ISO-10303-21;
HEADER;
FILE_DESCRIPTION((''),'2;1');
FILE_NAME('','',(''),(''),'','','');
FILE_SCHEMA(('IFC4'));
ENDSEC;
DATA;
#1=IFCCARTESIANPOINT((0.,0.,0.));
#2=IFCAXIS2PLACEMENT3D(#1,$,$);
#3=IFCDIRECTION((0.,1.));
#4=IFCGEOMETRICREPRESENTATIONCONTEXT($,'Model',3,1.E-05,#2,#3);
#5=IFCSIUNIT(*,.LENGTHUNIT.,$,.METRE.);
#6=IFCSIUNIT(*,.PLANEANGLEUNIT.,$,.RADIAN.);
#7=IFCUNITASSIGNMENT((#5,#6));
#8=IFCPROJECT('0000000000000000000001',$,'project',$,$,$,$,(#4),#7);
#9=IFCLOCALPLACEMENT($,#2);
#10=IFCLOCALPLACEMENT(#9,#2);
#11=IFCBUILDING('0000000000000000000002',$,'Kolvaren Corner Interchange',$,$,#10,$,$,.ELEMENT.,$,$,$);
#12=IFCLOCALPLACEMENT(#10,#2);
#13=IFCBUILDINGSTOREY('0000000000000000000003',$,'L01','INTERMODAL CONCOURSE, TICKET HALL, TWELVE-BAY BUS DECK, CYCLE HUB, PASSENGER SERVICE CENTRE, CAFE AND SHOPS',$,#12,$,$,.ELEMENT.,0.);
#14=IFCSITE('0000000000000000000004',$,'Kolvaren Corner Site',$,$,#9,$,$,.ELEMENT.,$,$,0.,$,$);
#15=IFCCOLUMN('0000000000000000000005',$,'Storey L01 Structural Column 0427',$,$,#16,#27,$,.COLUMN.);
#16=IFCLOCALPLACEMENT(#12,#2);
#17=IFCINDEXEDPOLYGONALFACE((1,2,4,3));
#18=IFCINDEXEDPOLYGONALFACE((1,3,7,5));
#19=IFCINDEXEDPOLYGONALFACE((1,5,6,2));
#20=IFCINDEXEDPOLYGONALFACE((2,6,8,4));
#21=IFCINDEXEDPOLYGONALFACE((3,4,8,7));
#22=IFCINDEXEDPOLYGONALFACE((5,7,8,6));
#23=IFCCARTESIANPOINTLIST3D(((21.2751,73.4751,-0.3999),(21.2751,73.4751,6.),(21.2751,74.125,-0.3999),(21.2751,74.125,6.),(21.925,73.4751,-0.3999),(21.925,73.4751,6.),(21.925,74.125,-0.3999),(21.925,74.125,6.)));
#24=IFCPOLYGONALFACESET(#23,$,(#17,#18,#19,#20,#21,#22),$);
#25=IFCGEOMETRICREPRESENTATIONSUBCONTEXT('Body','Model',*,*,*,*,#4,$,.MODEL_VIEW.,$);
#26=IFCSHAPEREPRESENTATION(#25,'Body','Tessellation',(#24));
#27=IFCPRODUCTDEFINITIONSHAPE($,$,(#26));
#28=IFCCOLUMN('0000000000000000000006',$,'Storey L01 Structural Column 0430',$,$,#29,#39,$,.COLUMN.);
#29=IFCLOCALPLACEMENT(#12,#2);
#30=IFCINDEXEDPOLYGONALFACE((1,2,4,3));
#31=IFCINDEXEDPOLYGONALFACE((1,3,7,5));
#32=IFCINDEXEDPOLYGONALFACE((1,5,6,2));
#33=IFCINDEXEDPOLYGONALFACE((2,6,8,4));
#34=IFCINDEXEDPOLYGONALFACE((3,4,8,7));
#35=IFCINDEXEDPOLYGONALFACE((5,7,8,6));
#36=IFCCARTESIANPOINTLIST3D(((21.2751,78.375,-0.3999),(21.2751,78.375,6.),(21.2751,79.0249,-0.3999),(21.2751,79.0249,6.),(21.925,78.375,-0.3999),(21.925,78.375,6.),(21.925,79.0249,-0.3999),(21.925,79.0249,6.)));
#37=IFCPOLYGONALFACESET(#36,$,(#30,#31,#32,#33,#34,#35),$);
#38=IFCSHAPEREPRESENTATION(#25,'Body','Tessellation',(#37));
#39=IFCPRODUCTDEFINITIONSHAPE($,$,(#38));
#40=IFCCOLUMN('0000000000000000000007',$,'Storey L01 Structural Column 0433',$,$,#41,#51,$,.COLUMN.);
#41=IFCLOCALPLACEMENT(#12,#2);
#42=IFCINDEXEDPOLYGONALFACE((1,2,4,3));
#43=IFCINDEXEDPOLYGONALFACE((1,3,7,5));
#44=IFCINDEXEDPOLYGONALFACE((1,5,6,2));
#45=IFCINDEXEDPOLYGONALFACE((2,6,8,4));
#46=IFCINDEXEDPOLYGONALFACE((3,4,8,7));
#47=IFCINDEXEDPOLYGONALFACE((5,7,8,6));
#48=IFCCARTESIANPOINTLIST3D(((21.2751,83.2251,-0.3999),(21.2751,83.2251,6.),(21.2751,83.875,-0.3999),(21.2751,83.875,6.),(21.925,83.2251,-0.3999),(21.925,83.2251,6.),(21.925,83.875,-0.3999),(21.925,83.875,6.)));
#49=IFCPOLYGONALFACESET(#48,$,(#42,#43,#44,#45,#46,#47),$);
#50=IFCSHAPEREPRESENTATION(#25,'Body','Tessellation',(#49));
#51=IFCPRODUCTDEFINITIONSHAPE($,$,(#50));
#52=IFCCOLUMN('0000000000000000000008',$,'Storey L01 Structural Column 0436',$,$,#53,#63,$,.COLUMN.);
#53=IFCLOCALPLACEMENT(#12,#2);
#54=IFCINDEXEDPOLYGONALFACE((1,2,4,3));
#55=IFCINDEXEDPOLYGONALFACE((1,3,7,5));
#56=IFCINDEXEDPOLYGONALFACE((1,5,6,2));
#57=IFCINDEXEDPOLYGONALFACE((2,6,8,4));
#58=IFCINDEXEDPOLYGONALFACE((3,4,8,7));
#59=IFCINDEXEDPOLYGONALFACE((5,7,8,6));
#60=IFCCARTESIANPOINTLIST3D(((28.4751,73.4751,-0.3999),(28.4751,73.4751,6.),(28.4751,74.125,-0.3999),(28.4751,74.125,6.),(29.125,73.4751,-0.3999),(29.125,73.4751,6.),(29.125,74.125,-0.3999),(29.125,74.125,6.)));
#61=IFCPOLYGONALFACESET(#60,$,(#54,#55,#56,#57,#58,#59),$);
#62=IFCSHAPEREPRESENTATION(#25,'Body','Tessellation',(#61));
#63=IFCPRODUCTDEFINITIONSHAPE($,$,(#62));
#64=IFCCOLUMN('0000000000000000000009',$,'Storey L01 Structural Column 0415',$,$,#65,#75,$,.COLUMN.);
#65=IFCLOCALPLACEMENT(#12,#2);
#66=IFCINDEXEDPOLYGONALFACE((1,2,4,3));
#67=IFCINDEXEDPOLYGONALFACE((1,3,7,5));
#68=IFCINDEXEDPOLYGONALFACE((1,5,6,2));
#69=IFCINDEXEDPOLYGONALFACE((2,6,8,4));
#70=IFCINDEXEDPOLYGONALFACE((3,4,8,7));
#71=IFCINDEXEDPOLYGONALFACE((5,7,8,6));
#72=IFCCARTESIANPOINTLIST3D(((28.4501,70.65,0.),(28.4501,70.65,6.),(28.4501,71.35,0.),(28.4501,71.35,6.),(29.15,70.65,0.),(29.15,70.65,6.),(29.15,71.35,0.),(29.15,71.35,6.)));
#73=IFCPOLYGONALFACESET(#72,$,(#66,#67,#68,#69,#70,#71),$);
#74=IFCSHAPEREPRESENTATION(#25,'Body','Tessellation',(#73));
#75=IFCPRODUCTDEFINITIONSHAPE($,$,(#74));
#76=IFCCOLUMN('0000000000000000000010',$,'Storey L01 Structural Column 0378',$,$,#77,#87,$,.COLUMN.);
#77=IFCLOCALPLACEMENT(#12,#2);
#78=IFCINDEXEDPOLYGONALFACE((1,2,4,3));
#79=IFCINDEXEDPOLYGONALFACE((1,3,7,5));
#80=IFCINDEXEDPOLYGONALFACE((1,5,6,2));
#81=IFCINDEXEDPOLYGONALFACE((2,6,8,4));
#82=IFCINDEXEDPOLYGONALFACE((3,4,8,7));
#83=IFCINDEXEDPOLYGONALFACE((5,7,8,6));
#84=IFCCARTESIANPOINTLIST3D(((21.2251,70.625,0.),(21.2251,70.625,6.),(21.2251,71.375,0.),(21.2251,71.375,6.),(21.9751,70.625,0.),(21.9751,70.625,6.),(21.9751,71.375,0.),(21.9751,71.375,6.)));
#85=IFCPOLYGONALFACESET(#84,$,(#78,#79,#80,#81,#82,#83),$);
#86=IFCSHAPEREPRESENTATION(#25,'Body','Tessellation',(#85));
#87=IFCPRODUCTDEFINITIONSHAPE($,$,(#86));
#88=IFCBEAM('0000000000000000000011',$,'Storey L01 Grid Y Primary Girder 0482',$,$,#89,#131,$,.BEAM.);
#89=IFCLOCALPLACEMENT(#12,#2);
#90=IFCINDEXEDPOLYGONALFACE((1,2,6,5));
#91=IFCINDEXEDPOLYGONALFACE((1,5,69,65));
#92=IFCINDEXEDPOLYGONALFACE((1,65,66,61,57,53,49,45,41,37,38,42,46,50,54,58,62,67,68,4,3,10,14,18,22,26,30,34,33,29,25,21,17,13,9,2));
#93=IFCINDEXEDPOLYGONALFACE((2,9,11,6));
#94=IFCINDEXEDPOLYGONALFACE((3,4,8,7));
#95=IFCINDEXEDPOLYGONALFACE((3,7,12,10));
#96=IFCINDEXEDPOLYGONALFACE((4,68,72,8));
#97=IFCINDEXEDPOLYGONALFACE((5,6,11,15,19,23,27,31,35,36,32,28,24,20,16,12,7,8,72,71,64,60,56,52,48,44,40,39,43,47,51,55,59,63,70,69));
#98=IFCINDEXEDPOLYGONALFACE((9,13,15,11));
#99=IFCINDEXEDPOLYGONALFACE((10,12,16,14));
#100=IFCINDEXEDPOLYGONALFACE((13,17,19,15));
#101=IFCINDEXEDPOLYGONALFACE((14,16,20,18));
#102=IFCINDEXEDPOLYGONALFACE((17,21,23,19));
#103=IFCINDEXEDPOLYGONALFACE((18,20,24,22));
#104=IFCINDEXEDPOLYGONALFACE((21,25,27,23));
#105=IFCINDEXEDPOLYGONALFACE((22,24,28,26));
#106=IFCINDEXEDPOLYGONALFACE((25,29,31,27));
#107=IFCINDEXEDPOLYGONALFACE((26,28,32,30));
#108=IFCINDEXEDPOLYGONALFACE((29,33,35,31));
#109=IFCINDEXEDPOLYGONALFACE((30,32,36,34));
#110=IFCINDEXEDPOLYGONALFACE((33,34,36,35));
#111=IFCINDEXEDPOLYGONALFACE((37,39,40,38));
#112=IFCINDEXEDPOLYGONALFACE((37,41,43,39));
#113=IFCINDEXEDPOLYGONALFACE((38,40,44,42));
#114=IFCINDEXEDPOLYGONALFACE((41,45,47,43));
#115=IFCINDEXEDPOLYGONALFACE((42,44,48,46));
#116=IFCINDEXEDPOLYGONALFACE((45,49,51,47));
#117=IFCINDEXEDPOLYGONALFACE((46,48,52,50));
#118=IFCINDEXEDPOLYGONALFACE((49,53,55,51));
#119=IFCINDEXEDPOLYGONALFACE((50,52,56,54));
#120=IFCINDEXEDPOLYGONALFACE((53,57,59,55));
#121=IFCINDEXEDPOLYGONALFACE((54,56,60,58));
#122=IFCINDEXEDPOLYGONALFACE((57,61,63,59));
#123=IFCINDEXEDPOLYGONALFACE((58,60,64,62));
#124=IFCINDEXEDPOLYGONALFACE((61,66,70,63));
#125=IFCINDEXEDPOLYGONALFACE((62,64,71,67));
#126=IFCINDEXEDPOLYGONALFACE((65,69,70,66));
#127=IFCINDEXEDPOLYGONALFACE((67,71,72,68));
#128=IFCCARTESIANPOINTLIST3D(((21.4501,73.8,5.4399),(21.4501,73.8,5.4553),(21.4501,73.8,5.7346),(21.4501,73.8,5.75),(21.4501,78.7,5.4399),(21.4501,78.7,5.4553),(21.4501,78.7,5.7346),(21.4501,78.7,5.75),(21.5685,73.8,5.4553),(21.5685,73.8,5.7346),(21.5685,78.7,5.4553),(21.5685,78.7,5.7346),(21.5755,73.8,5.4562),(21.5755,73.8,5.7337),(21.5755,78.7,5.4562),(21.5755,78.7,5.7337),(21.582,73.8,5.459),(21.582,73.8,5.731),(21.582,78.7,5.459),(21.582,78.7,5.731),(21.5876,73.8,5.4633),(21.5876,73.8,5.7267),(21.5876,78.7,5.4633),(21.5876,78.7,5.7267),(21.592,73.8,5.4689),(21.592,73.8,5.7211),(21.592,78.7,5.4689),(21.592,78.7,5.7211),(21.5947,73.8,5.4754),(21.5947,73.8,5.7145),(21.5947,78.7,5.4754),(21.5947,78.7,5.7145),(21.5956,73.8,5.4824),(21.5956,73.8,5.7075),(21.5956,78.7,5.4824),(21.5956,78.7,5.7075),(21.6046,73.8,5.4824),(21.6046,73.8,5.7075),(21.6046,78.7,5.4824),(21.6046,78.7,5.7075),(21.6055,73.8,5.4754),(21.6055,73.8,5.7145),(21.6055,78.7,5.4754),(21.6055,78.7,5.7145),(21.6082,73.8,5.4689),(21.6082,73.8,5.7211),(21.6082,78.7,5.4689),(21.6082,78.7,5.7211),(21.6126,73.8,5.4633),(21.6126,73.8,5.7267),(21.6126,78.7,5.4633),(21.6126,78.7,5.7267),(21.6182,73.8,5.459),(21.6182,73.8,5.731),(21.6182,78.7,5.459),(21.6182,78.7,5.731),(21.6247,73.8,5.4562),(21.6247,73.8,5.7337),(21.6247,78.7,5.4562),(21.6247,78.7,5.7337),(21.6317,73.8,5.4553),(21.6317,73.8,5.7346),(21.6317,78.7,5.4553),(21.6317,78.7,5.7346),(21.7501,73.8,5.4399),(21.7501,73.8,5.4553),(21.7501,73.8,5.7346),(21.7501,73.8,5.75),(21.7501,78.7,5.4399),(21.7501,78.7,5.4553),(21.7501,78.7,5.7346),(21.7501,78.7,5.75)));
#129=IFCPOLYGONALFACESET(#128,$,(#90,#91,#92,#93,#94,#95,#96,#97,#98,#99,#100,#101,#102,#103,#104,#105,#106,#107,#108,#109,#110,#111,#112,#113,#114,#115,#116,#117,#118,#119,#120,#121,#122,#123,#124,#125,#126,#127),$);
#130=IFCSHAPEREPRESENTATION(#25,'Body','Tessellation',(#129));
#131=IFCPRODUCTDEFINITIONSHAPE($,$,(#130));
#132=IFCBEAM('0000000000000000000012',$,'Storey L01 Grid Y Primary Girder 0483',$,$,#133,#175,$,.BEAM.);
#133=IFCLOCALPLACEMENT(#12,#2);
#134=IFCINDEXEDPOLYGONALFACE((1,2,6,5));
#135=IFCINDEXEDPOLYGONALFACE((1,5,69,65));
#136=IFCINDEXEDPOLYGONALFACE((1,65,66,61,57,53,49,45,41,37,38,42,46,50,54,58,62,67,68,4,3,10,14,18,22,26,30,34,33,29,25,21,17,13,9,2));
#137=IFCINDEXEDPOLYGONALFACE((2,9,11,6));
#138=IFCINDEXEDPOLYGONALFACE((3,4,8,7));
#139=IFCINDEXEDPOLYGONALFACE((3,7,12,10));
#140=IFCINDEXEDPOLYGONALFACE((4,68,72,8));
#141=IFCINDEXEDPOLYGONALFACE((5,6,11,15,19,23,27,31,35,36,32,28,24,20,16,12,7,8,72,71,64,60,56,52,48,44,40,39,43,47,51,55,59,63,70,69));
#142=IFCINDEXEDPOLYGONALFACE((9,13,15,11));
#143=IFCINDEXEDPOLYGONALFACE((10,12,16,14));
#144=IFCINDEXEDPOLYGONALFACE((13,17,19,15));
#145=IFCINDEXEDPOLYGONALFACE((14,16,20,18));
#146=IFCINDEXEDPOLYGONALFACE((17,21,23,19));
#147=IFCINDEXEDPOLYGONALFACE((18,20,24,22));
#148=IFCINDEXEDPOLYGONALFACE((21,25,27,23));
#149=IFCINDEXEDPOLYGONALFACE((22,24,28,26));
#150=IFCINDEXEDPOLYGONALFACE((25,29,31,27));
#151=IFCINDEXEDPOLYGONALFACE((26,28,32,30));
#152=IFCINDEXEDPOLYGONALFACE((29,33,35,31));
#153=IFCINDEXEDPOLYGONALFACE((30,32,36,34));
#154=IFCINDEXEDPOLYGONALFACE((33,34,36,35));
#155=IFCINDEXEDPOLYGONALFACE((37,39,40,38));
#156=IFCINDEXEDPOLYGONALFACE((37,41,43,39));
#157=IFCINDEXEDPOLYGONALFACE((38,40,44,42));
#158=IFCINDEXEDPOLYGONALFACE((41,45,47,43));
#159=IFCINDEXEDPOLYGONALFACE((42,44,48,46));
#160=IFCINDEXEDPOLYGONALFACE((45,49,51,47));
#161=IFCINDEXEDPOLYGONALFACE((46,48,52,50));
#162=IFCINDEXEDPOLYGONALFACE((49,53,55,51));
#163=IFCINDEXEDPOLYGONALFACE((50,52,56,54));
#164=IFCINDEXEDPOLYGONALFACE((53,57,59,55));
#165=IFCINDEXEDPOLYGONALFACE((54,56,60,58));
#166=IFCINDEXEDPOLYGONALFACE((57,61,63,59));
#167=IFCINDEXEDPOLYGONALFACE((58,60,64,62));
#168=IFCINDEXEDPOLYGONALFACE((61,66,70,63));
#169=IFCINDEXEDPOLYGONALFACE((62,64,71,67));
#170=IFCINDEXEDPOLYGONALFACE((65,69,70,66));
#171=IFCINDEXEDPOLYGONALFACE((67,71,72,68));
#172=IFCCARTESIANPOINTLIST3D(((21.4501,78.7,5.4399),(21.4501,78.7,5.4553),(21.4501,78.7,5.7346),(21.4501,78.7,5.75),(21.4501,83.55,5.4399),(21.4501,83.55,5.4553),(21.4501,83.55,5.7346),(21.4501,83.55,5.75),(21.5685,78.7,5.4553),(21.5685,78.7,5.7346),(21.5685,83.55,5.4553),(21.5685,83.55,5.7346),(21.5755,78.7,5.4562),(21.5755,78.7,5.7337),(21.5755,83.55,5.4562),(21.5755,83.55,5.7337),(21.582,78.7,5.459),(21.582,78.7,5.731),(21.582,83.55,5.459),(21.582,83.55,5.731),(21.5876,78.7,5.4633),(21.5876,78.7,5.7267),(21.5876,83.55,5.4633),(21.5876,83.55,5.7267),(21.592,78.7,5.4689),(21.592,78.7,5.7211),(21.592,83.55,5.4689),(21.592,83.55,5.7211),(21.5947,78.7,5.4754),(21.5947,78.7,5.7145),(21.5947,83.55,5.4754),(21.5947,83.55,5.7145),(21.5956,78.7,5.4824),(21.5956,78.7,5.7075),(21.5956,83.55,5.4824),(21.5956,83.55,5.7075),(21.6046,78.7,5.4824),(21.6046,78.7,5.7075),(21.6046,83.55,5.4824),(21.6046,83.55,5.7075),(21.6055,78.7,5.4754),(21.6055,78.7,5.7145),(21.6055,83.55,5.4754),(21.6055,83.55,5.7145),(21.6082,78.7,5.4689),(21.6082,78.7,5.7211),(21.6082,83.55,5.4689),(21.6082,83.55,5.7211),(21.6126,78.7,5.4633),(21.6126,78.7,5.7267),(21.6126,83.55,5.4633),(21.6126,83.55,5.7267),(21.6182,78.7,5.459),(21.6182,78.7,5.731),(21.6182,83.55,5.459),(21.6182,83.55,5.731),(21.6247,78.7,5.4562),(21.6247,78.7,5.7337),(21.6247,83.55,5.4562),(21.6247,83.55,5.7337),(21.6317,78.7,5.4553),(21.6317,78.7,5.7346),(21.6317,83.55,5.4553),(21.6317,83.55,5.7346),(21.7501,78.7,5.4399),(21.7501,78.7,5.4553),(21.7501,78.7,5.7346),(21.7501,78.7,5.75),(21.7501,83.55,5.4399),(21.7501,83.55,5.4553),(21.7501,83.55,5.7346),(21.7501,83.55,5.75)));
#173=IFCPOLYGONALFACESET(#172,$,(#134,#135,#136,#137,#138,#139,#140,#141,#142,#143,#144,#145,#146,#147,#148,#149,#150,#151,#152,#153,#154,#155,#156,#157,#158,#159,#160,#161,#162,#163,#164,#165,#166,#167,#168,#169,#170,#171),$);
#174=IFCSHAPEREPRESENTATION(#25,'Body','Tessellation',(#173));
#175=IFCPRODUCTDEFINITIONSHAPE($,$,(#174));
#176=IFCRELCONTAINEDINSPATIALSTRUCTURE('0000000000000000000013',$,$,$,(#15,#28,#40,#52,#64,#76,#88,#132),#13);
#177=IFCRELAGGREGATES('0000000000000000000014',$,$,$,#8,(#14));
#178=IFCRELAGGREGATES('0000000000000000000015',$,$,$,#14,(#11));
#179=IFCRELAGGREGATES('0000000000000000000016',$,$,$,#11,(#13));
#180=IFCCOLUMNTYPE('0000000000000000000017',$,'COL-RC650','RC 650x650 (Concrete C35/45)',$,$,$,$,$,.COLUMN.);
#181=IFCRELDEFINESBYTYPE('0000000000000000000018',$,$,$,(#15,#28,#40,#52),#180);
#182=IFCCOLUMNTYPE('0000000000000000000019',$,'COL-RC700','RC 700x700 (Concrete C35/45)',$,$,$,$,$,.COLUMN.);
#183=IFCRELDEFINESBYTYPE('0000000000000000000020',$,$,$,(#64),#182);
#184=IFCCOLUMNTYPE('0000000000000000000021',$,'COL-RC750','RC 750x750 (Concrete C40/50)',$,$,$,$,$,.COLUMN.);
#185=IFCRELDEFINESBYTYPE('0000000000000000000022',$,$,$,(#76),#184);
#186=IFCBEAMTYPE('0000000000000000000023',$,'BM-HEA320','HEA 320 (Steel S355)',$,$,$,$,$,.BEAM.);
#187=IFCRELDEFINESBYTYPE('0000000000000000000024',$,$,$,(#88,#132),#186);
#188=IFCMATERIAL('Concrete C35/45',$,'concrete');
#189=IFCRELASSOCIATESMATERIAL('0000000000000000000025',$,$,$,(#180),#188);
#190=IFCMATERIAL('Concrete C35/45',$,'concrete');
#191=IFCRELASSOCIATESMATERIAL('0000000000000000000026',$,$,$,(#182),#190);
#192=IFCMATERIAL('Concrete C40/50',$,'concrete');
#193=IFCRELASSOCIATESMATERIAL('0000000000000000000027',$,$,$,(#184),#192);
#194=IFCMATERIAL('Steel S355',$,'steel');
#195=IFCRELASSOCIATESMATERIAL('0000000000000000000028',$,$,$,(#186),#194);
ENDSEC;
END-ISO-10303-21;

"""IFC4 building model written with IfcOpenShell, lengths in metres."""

from ifc_helpers import new_model, si_unit, direction, frame, origin, origin_2d, place, context, subcontext, project, spatial, rectangle, i_section, extrude, material, material_profile, profile_set, type_object, element, save


model = new_model("IFC4")

# Units and contexts
model_context = context("Model", 3, precision=1e-05, world=origin(), true_north=direction((0.0, 1.0)))
body_context = subcontext(model_context, "Body", "Model", "MODEL_VIEW")
ifc_project = project(units=[si_unit("LENGTHUNIT", "METRE"), si_unit("PLANEANGLEUNIT", "RADIAN")], contexts=[model_context])

# Site, building, storey
site_placement = place(None, origin())
site = spatial("IfcSite", under=ifc_project, at=site_placement, Name="Kolvaren Corner Site", CompositionType="ELEMENT", RefElevation=0.0)
building_placement = place(site_placement, origin())
building = spatial("IfcBuilding", under=site, at=building_placement, Name="Kolvaren Corner Interchange", CompositionType="ELEMENT")
storey_placement = place(building_placement, origin())
storey = spatial("IfcBuildingStorey", under=building, at=storey_placement, Name="L01", Description="INTERMODAL CONCOURSE, TICKET HALL, TWELVE-BAY BUS DECK, CYCLE HUB, PASSENGER SERVICE CENTRE, CAFE AND SHOPS", CompositionType="ELEMENT", Elevation=0.0)

# Columns
ifc_material_1 = material(Name="Concrete C35/45", Category="concrete")
ifc_material_profile_1 = material_profile(ifc_material_1, rectangle(XDim=0.6499, YDim=0.6499, at=origin_2d()), Name="RC 650x650")
ifc_profile_set_1 = profile_set([ifc_material_profile_1], Name="Concrete C35/45")
column_type_1 = type_object("IfcColumnType", Name="COL-RC650", Description="RC 650x650 (Concrete C35/45)", PredefinedType="COLUMN", material=ifc_profile_set_1)
for number, where, z_axis, x_axis, name in (
    (1, (21.6001, 73.8, -0.3999), (0.0, 0.0, 1.0), (1.0, 0.0, 0.0), "Storey L01 Structural Column 0427"),
    (2, (21.6001, 78.7, -0.3999), (0.0, 0.0, 1.0), (1.0, 0.0, 0.0), "Storey L01 Structural Column 0430"),
    (3, (21.6001, 83.55, -0.3999), (0.0, 0.0, 1.0), (1.0, 0.0, 0.0), "Storey L01 Structural Column 0433"),
    (4, (28.8, 73.8, -0.3999), (0.0, 0.0, 1.0), (1.0, 0.0, 0.0), "Storey L01 Structural Column 0436"),
):
    element("IfcColumn", number, at=place(storey_placement, frame(where, z_axis=z_axis, x_axis=x_axis)), inside=storey, type_object=column_type_1, Name=name, PredefinedType="COLUMN", context=body_context, shape_type="SweptSolid", body=[
        extrude(rectangle(XDim=0.6499, YDim=0.6499, at=origin_2d()), origin(), (0.0, 0.0, 1.0), 6.3999),
    ])
ifc_material_2 = material(Name="Concrete C35/45", Category="concrete")
ifc_material_profile_2 = material_profile(ifc_material_2, rectangle(XDim=0.7, YDim=0.7, at=origin_2d()), Name="RC 700x700")
ifc_profile_set_2 = profile_set([ifc_material_profile_2], Name="Concrete C35/45")
column_type_2 = type_object("IfcColumnType", Name="COL-RC700", Description="RC 700x700 (Concrete C35/45)", PredefinedType="COLUMN", material=ifc_profile_set_2)
column_1_placement = place(storey_placement, frame((28.8, 71.0, 0.0), z_axis=(0.0, 0.0, 1.0), x_axis=(1.0, 0.0, 0.0)))
element("IfcColumn", 5, at=column_1_placement, inside=storey, type_object=column_type_2, Name="Storey L01 Structural Column 0415", PredefinedType="COLUMN", context=body_context, shape_type="SweptSolid", body=[
    extrude(rectangle(XDim=0.7, YDim=0.7, at=origin_2d()), origin(), (0.0, 0.0, 1.0), 6.0),
])
ifc_material_3 = material(Name="Concrete C40/50", Category="concrete")
ifc_material_profile_3 = material_profile(ifc_material_3, rectangle(XDim=0.75, YDim=0.75, at=origin_2d()), Name="RC 750x750")
ifc_profile_set_3 = profile_set([ifc_material_profile_3], Name="Concrete C40/50")
column_type_3 = type_object("IfcColumnType", Name="COL-RC750", Description="RC 750x750 (Concrete C40/50)", PredefinedType="COLUMN", material=ifc_profile_set_3)
column_2_placement = place(storey_placement, frame((21.6001, 71.0, 0.0), z_axis=(0.0, 0.0, 1.0), x_axis=(1.0, 0.0, 0.0)))
element("IfcColumn", 6, at=column_2_placement, inside=storey, type_object=column_type_3, Name="Storey L01 Structural Column 0378", PredefinedType="COLUMN", context=body_context, shape_type="SweptSolid", body=[
    extrude(rectangle(XDim=0.75, YDim=0.75, at=origin_2d()), origin(), (0.0, 0.0, 1.0), 6.0),
])

# Beams
ifc_material_4 = material(Name="Steel S355", Category="steel")
ifc_material_profile_4 = material_profile(ifc_material_4, i_section(OverallWidth=0.3, OverallDepth=0.3101, WebThickness=0.009, FlangeThickness=0.0154, FilletRadius=0.0271, at=origin_2d()), Name="HEA 320")
ifc_profile_set_4 = profile_set([ifc_material_profile_4], Name="Steel S355")
beam_type_1 = type_object("IfcBeamType", Name="BM-HEA320", Description="HEA 320 (Steel S355)", PredefinedType="BEAM", material=ifc_profile_set_4)
beam_1_placement = place(storey_placement, frame((21.6001, 73.8, 5.595), z_axis=(0.0, 1.0, 0.0), x_axis=(-1.0, 0.0, 0.0)))
element("IfcBeam", 7, at=beam_1_placement, inside=storey, type_object=beam_type_1, Name="Storey L01 Grid Y Primary Girder 0482", PredefinedType="BEAM", context=body_context, shape_type="SweptSolid", body=[
    extrude(i_section(OverallWidth=0.3, OverallDepth=0.3101, WebThickness=0.009, FlangeThickness=0.0154, FilletRadius=0.0271, at=origin_2d()), origin(), (0.0, 0.0, 1.0), 4.8999),
])
beam_2_placement = place(storey_placement, frame((21.6001, 78.7, 5.595), z_axis=(0.0, 1.0, 0.0), x_axis=(-1.0, 0.0, 0.0)))
element("IfcBeam", 8, at=beam_2_placement, inside=storey, type_object=beam_type_1, Name="Storey L01 Grid Y Primary Girder 0483", PredefinedType="BEAM", context=body_context, shape_type="SweptSolid", body=[
    extrude(i_section(OverallWidth=0.3, OverallDepth=0.3101, WebThickness=0.009, FlangeThickness=0.0154, FilletRadius=0.0271, at=origin_2d()), origin(), (0.0, 0.0, 1.0), 4.8501),
])

save(model, "model.ifc")
